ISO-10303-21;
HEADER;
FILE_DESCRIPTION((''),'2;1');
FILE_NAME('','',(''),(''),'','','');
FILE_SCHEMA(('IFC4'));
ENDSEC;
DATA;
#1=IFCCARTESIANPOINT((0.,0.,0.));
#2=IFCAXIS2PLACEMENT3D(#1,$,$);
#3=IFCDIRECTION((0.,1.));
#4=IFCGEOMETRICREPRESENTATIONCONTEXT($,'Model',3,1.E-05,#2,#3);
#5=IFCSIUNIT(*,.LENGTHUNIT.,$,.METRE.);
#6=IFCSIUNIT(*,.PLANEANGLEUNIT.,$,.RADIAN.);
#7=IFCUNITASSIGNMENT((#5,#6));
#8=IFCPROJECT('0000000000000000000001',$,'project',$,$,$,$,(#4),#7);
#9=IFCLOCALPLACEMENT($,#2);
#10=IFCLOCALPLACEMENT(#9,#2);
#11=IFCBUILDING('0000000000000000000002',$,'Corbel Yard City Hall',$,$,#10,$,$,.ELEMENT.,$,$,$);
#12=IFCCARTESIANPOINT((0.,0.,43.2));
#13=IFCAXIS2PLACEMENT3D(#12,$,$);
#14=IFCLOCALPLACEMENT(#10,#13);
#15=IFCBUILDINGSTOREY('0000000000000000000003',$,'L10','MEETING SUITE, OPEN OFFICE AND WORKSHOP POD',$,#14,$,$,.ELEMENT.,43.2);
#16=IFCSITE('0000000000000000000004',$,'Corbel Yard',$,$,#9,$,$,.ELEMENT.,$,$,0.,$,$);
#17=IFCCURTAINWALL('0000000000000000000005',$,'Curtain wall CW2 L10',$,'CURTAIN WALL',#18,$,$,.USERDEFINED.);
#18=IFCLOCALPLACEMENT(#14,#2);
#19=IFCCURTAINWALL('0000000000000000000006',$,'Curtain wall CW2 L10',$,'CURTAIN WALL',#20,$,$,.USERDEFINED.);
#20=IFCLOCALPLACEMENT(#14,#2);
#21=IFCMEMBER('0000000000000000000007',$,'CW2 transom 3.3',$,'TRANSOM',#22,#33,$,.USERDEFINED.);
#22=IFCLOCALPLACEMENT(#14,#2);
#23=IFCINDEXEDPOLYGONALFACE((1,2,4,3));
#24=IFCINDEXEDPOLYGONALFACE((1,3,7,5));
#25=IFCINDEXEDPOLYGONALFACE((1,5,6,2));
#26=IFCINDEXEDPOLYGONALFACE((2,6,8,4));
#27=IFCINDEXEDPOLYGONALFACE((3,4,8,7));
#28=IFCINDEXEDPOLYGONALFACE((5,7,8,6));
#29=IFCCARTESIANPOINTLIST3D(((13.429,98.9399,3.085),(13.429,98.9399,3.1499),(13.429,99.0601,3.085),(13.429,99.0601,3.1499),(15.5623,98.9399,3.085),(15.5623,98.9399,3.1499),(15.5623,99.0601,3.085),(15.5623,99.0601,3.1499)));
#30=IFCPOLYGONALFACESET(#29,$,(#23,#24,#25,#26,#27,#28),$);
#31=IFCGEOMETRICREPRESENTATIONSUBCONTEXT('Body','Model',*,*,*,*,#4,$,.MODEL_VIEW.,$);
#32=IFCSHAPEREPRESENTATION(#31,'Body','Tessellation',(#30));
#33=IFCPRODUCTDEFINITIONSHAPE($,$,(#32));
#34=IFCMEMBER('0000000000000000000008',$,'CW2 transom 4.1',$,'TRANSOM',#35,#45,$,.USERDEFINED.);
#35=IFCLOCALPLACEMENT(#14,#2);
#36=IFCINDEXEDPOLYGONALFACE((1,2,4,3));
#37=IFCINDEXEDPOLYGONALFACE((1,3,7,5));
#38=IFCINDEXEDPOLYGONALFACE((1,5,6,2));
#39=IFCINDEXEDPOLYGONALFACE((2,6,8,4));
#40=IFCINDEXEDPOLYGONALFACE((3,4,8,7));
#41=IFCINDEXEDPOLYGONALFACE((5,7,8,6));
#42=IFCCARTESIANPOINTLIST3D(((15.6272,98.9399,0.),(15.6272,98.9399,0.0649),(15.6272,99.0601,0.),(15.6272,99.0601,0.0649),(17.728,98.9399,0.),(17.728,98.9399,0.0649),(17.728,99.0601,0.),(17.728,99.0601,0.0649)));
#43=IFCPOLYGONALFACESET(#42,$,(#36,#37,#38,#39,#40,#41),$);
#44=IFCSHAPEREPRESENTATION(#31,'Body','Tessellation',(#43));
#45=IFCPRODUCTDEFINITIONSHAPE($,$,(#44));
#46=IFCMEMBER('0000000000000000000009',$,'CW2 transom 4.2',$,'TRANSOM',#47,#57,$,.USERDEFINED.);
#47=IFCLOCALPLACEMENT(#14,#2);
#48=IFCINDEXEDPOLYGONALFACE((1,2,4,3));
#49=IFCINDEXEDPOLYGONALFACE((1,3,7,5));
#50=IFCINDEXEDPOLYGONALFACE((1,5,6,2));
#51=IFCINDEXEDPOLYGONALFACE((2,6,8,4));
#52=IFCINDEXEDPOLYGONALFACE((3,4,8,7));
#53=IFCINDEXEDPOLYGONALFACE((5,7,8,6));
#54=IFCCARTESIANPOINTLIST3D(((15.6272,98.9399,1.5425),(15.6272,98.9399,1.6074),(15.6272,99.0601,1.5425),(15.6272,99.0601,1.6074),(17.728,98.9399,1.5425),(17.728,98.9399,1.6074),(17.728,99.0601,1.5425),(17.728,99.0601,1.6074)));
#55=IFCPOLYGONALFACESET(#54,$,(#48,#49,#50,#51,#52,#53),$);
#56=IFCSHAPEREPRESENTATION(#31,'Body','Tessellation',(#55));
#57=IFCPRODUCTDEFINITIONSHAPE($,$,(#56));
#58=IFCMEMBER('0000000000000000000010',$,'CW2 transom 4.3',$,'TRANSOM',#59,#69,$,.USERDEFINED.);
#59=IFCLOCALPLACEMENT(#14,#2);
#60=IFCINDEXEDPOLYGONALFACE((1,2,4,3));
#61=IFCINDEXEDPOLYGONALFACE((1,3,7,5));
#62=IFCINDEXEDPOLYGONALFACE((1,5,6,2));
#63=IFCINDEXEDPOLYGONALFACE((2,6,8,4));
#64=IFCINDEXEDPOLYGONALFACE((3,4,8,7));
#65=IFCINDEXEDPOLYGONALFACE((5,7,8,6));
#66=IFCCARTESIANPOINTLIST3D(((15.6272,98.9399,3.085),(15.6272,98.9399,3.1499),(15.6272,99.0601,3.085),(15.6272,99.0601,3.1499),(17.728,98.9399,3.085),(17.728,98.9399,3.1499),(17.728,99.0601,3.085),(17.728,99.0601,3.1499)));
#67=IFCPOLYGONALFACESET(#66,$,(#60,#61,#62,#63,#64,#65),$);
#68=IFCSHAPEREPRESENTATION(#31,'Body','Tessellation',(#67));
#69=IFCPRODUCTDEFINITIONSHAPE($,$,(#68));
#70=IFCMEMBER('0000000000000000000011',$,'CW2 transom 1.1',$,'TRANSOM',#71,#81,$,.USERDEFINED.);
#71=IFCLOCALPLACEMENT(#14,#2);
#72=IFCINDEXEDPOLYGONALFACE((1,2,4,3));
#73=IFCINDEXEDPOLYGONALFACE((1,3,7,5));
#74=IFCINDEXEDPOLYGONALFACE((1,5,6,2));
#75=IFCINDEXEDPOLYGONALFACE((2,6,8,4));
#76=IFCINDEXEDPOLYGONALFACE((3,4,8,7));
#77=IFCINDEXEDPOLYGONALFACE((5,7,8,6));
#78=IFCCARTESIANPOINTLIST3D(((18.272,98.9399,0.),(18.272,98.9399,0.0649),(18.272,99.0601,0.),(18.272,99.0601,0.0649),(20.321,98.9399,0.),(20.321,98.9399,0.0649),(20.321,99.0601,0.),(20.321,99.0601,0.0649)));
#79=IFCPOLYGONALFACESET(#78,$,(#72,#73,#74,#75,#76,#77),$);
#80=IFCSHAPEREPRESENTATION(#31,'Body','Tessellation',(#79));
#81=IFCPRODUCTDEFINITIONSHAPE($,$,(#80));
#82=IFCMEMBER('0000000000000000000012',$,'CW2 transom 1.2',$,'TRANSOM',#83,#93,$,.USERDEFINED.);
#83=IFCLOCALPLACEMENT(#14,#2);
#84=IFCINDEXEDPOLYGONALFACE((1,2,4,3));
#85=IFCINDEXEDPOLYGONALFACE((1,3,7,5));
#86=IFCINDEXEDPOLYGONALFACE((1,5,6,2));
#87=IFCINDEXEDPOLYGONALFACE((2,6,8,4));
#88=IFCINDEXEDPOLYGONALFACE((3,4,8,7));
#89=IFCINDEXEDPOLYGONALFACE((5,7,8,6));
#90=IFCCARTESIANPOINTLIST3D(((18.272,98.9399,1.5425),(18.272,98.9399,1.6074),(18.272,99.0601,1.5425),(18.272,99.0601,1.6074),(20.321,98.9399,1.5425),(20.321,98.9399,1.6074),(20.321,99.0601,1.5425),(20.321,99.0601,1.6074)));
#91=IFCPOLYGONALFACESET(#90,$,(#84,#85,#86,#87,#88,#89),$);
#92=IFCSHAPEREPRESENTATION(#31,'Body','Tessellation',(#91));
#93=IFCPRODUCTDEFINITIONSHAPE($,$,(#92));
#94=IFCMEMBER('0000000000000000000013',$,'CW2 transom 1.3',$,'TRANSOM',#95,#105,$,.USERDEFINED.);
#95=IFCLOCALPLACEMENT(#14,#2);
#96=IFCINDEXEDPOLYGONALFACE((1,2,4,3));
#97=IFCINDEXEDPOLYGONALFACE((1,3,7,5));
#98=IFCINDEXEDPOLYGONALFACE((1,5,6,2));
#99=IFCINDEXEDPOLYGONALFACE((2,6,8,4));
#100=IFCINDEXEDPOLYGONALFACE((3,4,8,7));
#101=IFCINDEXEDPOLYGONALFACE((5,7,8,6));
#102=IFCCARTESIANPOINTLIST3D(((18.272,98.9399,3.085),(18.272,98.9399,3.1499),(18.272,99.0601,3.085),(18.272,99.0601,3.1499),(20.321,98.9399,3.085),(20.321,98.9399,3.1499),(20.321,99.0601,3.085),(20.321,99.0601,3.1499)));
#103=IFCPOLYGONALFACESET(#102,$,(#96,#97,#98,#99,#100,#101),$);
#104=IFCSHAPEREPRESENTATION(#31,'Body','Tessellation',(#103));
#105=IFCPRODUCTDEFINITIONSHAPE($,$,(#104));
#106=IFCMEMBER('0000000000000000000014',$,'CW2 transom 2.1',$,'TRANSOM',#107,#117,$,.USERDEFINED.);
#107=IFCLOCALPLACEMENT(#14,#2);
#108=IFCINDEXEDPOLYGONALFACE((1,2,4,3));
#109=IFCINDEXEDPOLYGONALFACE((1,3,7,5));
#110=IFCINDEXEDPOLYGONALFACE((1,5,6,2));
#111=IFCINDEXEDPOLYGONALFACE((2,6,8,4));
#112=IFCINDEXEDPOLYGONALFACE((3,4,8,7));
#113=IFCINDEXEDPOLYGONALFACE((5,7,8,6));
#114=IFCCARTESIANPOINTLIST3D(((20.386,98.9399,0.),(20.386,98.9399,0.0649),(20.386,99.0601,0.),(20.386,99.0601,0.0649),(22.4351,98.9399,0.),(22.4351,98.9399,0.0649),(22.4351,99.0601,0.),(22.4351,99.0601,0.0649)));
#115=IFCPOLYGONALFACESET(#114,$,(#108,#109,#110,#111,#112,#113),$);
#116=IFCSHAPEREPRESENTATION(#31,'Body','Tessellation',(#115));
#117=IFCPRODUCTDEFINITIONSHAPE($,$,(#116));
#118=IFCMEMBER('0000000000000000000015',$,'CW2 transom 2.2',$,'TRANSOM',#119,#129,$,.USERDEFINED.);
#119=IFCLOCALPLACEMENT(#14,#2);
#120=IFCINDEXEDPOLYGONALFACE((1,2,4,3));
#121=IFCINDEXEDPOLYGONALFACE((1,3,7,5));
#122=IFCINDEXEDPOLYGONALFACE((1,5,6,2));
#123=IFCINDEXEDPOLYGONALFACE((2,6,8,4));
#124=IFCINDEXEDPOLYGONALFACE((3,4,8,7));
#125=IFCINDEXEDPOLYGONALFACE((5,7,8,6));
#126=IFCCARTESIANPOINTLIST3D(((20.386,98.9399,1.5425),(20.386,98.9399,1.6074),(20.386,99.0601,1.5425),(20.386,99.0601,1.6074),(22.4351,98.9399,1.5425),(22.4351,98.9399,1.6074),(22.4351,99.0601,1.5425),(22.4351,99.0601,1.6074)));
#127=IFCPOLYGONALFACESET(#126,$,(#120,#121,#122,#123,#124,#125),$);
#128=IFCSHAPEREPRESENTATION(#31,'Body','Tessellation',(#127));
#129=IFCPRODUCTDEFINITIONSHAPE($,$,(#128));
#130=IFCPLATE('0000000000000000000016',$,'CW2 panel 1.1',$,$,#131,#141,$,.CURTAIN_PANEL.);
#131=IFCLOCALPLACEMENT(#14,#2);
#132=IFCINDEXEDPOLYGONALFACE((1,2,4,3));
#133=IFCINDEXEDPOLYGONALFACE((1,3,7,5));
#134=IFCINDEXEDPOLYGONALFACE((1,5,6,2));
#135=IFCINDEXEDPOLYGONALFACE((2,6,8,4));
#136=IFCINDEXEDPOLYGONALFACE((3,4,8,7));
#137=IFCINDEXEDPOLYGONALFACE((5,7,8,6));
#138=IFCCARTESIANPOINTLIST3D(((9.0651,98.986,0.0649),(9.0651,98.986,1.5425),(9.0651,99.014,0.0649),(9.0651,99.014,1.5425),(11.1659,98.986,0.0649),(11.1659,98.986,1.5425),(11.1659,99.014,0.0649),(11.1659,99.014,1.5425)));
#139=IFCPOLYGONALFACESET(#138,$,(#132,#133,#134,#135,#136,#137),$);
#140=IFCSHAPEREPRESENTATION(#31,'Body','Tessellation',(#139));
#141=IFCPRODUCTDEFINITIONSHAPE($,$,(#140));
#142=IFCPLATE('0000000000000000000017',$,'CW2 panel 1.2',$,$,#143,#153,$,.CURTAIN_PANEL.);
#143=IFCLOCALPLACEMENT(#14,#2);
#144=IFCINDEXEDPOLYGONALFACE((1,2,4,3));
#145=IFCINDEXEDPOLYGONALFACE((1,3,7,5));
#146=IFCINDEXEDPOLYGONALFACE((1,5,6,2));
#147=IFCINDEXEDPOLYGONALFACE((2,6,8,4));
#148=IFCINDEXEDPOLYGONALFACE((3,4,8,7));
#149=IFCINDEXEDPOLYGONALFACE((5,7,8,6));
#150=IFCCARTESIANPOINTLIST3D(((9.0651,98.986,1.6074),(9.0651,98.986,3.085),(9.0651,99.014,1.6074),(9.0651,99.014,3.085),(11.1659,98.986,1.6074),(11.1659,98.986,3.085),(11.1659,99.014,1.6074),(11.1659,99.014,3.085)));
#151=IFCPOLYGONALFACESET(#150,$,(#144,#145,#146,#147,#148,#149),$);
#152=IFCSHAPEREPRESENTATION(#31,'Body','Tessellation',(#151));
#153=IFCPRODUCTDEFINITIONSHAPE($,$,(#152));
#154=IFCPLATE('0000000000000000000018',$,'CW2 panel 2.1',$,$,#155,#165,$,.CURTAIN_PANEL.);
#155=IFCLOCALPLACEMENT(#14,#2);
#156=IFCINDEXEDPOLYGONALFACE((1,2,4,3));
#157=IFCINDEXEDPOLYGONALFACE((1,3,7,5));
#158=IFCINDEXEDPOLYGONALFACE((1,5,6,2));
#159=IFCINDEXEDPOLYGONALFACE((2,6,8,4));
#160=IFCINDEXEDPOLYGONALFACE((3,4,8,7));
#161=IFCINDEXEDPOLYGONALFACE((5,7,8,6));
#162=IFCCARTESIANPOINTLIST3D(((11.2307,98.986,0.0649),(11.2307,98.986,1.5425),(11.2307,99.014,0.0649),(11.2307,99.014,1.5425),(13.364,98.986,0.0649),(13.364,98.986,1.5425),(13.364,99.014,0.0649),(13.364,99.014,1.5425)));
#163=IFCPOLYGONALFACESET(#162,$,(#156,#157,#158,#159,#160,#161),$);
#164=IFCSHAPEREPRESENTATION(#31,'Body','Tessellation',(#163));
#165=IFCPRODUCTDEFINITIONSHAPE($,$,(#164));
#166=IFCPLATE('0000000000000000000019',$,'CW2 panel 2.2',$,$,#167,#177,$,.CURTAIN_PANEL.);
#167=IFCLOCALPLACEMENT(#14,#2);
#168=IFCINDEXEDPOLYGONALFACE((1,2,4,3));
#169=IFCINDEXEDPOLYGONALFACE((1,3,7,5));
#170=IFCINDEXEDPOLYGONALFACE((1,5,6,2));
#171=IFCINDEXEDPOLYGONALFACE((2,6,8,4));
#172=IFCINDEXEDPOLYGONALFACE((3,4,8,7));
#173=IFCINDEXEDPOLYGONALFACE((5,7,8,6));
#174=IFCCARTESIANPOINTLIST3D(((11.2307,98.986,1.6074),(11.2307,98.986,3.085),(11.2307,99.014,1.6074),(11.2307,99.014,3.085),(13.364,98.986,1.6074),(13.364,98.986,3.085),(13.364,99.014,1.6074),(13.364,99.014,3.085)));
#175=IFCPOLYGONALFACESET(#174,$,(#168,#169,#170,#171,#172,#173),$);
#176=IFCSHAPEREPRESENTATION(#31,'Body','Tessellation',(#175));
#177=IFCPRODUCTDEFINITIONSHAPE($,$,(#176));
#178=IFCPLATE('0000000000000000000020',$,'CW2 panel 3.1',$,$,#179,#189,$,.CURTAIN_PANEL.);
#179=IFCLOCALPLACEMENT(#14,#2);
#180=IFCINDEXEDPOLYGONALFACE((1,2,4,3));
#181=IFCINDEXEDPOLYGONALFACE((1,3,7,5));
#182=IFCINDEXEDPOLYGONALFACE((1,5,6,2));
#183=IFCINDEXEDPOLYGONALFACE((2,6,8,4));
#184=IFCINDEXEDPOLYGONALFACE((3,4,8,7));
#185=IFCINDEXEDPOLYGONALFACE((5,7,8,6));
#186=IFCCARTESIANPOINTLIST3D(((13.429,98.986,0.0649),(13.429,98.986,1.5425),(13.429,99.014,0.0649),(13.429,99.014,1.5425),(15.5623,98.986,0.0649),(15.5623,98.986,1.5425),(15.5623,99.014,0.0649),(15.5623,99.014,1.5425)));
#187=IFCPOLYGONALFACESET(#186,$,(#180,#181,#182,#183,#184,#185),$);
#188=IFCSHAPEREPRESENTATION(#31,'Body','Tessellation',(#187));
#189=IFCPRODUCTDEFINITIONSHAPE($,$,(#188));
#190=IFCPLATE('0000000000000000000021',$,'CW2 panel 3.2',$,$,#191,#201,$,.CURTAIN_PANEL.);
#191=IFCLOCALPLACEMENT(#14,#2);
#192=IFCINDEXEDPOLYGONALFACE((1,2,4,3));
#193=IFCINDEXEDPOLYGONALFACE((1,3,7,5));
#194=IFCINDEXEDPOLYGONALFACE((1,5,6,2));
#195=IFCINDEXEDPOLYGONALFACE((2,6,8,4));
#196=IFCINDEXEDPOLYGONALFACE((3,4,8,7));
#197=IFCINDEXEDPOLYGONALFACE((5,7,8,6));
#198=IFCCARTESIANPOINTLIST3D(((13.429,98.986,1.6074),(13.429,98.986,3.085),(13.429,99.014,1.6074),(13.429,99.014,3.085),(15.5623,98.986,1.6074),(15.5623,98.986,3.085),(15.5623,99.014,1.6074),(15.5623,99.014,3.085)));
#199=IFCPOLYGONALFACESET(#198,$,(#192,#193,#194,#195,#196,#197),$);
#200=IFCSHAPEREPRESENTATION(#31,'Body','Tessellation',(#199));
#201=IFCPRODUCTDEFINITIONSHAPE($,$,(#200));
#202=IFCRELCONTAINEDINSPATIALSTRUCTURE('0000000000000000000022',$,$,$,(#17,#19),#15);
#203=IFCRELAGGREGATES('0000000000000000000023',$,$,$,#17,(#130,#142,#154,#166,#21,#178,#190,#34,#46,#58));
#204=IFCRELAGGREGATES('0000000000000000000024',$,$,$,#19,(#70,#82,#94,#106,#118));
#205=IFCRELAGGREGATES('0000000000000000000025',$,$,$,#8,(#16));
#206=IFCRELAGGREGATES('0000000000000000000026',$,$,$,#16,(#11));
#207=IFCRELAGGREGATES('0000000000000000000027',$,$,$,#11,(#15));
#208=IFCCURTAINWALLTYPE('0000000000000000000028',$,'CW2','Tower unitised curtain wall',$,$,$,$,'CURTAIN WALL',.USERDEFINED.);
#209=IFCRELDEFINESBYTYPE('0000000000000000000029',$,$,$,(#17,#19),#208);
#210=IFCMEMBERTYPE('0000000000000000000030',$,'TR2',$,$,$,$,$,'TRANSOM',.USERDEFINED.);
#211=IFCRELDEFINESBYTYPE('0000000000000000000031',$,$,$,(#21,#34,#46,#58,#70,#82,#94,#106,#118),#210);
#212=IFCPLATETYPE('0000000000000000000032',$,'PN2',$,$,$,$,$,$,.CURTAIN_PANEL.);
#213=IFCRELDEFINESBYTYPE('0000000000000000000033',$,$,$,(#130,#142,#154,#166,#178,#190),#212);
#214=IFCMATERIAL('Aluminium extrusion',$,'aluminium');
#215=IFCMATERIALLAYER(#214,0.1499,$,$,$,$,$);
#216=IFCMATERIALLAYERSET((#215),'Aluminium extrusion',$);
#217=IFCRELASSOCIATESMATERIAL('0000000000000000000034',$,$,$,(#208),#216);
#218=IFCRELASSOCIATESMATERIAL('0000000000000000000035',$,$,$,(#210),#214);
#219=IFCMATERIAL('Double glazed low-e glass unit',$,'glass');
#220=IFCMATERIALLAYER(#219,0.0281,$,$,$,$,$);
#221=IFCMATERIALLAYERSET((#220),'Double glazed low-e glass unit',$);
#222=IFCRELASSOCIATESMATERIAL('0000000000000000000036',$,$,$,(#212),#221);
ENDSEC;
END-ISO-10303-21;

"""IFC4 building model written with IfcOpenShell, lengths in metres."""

from ifc_helpers import new_model, si_unit, direction, frame, origin, origin_2d, place, context, subcontext, project, spatial, rectangle, extrude, material, layer, layer_set, material_profile, profile_set, type_object, element, aggregate, save


model = new_model("IFC4")

# Units and contexts
model_context = context("Model", 3, precision=1e-05, world=origin(), true_north=direction((0.0, 1.0)))
body_context = subcontext(model_context, "Body", "Model", "MODEL_VIEW")
ifc_project = project(units=[si_unit("LENGTHUNIT", "METRE"), si_unit("PLANEANGLEUNIT", "RADIAN")], contexts=[model_context])

# Site, building, storey
site_placement = place(None, origin())
site = spatial("IfcSite", under=ifc_project, at=site_placement, Name="Corbel Yard", CompositionType="ELEMENT", RefElevation=0.0)
building_placement = place(site_placement, origin())
building = spatial("IfcBuilding", under=site, at=building_placement, Name="Corbel Yard City Hall", CompositionType="ELEMENT")
storey_placement = place(building_placement, frame((0.0, 0.0, 43.2)))
storey = spatial("IfcBuildingStorey", under=building, at=storey_placement, Name="L10", Description="MEETING SUITE, OPEN OFFICE AND WORKSHOP POD", CompositionType="ELEMENT", Elevation=43.2)

# Curtain walls
ifc_material_1 = material(Name="Aluminium extrusion", Category="aluminium")
ifc_layer_1 = layer(ifc_material_1, 0.1499)
ifc_layer_set_1 = layer_set([ifc_layer_1], Name="Aluminium extrusion")
curtain_wall_type = type_object("IfcCurtainWallType", Name="CW2", Description="Tower unitised curtain wall", ElementType="CURTAIN WALL", PredefinedType="USERDEFINED", material=ifc_layer_set_1)
curtain_wall_1_placement = place(storey_placement, origin())
curtain_wall_1 = element("IfcCurtainWall", 1, at=curtain_wall_1_placement, inside=storey, type_object=curtain_wall_type, Name="Curtain wall CW2 L10", ObjectType="CURTAIN WALL", PredefinedType="USERDEFINED")
curtain_wall_2_placement = place(storey_placement, origin())
curtain_wall_2 = element("IfcCurtainWall", 2, at=curtain_wall_2_placement, inside=storey, type_object=curtain_wall_type, Name="Curtain wall CW2 L10", ObjectType="CURTAIN WALL", PredefinedType="USERDEFINED")

# Members
ifc_material_profile_1 = material_profile(ifc_material_1, rectangle(XDim=0.1201, YDim=0.0649, at=origin_2d()), Name="120x65")
ifc_profile_set_1 = profile_set([ifc_material_profile_1], Name="Aluminium extrusion")
member_type_1 = type_object("IfcMemberType", Name="TR2", ElementType="TRANSOM", PredefinedType="USERDEFINED", material=ifc_profile_set_1)
member_1_placement = place(storey_placement, frame((13.429, 99.0, 3.1174), z_axis=(1.0, 0.0, 0.0), x_axis=(0.0, 1.0, 0.0)))
member_1 = element("IfcMember", 3, at=member_1_placement, type_object=member_type_1, Name="CW2 transom 3.3", ObjectType="TRANSOM", PredefinedType="USERDEFINED", context=body_context, shape_type="SweptSolid", body=[
    extrude(rectangle(XDim=0.1201, YDim=0.0649, at=origin_2d()), origin(), (0.0, 0.0, 1.0), 2.1333),
])
member_2_placement = place(storey_placement, frame((15.6272, 99.0, 0.0325), z_axis=(1.0, 0.0, 0.0), x_axis=(0.0, 1.0, 0.0)))
member_2 = element("IfcMember", 4, at=member_2_placement, type_object=member_type_1, Name="CW2 transom 4.1", ObjectType="TRANSOM", PredefinedType="USERDEFINED", context=body_context, shape_type="SweptSolid", body=[
    extrude(rectangle(XDim=0.1201, YDim=0.0649, at=origin_2d()), origin(), (0.0, 0.0, 1.0), 2.1008),
])
member_3_placement = place(storey_placement, frame((15.6272, 99.0, 1.575), z_axis=(1.0, 0.0, 0.0), x_axis=(0.0, 1.0, 0.0)))
member_3 = element("IfcMember", 5, at=member_3_placement, type_object=member_type_1, Name="CW2 transom 4.2", ObjectType="TRANSOM", PredefinedType="USERDEFINED", context=body_context, shape_type="SweptSolid", body=[
    extrude(rectangle(XDim=0.1201, YDim=0.0649, at=origin_2d()), origin(), (0.0, 0.0, 1.0), 2.1008),
])
member_4_placement = place(storey_placement, frame((15.6272, 99.0, 3.1174), z_axis=(1.0, 0.0, 0.0), x_axis=(0.0, 1.0, 0.0)))
member_4 = element("IfcMember", 6, at=member_4_placement, type_object=member_type_1, Name="CW2 transom 4.3", ObjectType="TRANSOM", PredefinedType="USERDEFINED", context=body_context, shape_type="SweptSolid", body=[
    extrude(rectangle(XDim=0.1201, YDim=0.0649, at=origin_2d()), origin(), (0.0, 0.0, 1.0), 2.1008),
])
member_5_placement = place(storey_placement, frame((18.272, 99.0, 0.0325), z_axis=(1.0, 0.0, 0.0), x_axis=(0.0, 1.0, 0.0)))
member_5 = element("IfcMember", 7, at=member_5_placement, type_object=member_type_1, Name="CW2 transom 1.1", ObjectType="TRANSOM", PredefinedType="USERDEFINED", context=body_context, shape_type="SweptSolid", body=[
    extrude(rectangle(XDim=0.1201, YDim=0.0649, at=origin_2d()), origin(), (0.0, 0.0, 1.0), 2.0491),
])
member_6_placement = place(storey_placement, frame((18.272, 99.0, 1.575), z_axis=(1.0, 0.0, 0.0), x_axis=(0.0, 1.0, 0.0)))
member_6 = element("IfcMember", 8, at=member_6_placement, type_object=member_type_1, Name="CW2 transom 1.2", ObjectType="TRANSOM", PredefinedType="USERDEFINED", context=body_context, shape_type="SweptSolid", body=[
    extrude(rectangle(XDim=0.1201, YDim=0.0649, at=origin_2d()), origin(), (0.0, 0.0, 1.0), 2.0491),
])
member_7_placement = place(storey_placement, frame((18.272, 99.0, 3.1174), z_axis=(1.0, 0.0, 0.0), x_axis=(0.0, 1.0, 0.0)))
member_7 = element("IfcMember", 9, at=member_7_placement, type_object=member_type_1, Name="CW2 transom 1.3", ObjectType="TRANSOM", PredefinedType="USERDEFINED", context=body_context, shape_type="SweptSolid", body=[
    extrude(rectangle(XDim=0.1201, YDim=0.0649, at=origin_2d()), origin(), (0.0, 0.0, 1.0), 2.0491),
])
member_8_placement = place(storey_placement, frame((20.386, 99.0, 0.0325), z_axis=(1.0, 0.0, 0.0), x_axis=(0.0, 1.0, 0.0)))
member_8 = element("IfcMember", 10, at=member_8_placement, type_object=member_type_1, Name="CW2 transom 2.1", ObjectType="TRANSOM", PredefinedType="USERDEFINED", context=body_context, shape_type="SweptSolid", body=[
    extrude(rectangle(XDim=0.1201, YDim=0.0649, at=origin_2d()), origin(), (0.0, 0.0, 1.0), 2.0491),
])
member_9_placement = place(storey_placement, frame((20.386, 99.0, 1.575), z_axis=(1.0, 0.0, 0.0), x_axis=(0.0, 1.0, 0.0)))
member_9 = element("IfcMember", 11, at=member_9_placement, type_object=member_type_1, Name="CW2 transom 2.2", ObjectType="TRANSOM", PredefinedType="USERDEFINED", context=body_context, shape_type="SweptSolid", body=[
    extrude(rectangle(XDim=0.1201, YDim=0.0649, at=origin_2d()), origin(), (0.0, 0.0, 1.0), 2.0491),
])

# Plates
ifc_material_2 = material(Name="Double glazed low-e glass unit", Category="glass")
ifc_layer_2 = layer(ifc_material_2, 0.0281)
ifc_layer_set_2 = layer_set([ifc_layer_2], Name="Double glazed low-e glass unit")
plate_type = type_object("IfcPlateType", Name="PN2", PredefinedType="CURTAIN_PANEL", material=ifc_layer_set_2)
plate_1_placement = place(storey_placement, frame((10.1155, 99.0, 0.0649), z_axis=(0.0, 0.0, 1.0), x_axis=(1.0, 0.0, 0.0)))
plate_1 = element("IfcPlate", 12, at=plate_1_placement, type_object=plate_type, Name="CW2 panel 1.1", PredefinedType="CURTAIN_PANEL", context=body_context, shape_type="SweptSolid", body=[
    extrude(rectangle(XDim=2.1008, YDim=0.0281, at=origin_2d()), origin(), (0.0, 0.0, 1.0), 1.4775),
])
plate_2_placement = place(storey_placement, frame((10.1155, 99.0, 1.6074), z_axis=(0.0, 0.0, 1.0), x_axis=(1.0, 0.0, 0.0)))
plate_2 = element("IfcPlate", 13, at=plate_2_placement, type_object=plate_type, Name="CW2 panel 1.2", PredefinedType="CURTAIN_PANEL", context=body_context, shape_type="SweptSolid", body=[
    extrude(rectangle(XDim=2.1008, YDim=0.0281, at=origin_2d()), origin(), (0.0, 0.0, 1.0), 1.4775),
])
plate_3_placement = place(storey_placement, frame((12.2974, 99.0, 0.0649), z_axis=(0.0, 0.0, 1.0), x_axis=(1.0, 0.0, 0.0)))
plate_3 = element("IfcPlate", 14, at=plate_3_placement, type_object=plate_type, Name="CW2 panel 2.1", PredefinedType="CURTAIN_PANEL", context=body_context, shape_type="SweptSolid", body=[
    extrude(rectangle(XDim=2.1333, YDim=0.0281, at=origin_2d()), origin(), (0.0, 0.0, 1.0), 1.4775),
])
plate_4_placement = place(storey_placement, frame((12.2974, 99.0, 1.6074), z_axis=(0.0, 0.0, 1.0), x_axis=(1.0, 0.0, 0.0)))
plate_4 = element("IfcPlate", 15, at=plate_4_placement, type_object=plate_type, Name="CW2 panel 2.2", PredefinedType="CURTAIN_PANEL", context=body_context, shape_type="SweptSolid", body=[
    extrude(rectangle(XDim=2.1333, YDim=0.0281, at=origin_2d()), origin(), (0.0, 0.0, 1.0), 1.4775),
])
plate_5_placement = place(storey_placement, frame((14.4956, 99.0, 0.0649), z_axis=(0.0, 0.0, 1.0), x_axis=(1.0, 0.0, 0.0)))
plate_5 = element("IfcPlate", 16, at=plate_5_placement, type_object=plate_type, Name="CW2 panel 3.1", PredefinedType="CURTAIN_PANEL", context=body_context, shape_type="SweptSolid", body=[
    extrude(rectangle(XDim=2.1333, YDim=0.0281, at=origin_2d()), origin(), (0.0, 0.0, 1.0), 1.4775),
])
plate_6_placement = place(storey_placement, frame((14.4956, 99.0, 1.6074), z_axis=(0.0, 0.0, 1.0), x_axis=(1.0, 0.0, 0.0)))
plate_6 = element("IfcPlate", 17, at=plate_6_placement, type_object=plate_type, Name="CW2 panel 3.2", PredefinedType="CURTAIN_PANEL", context=body_context, shape_type="SweptSolid", body=[
    extrude(rectangle(XDim=2.1333, YDim=0.0281, at=origin_2d()), origin(), (0.0, 0.0, 1.0), 1.4775),
])
aggregate(curtain_wall_1, [plate_1, plate_2, plate_3, plate_4, member_1, plate_5, plate_6, member_2, member_3, member_4])
aggregate(curtain_wall_2, [member_5, member_6, member_7, member_8, member_9])

save(model, "model.ifc")
